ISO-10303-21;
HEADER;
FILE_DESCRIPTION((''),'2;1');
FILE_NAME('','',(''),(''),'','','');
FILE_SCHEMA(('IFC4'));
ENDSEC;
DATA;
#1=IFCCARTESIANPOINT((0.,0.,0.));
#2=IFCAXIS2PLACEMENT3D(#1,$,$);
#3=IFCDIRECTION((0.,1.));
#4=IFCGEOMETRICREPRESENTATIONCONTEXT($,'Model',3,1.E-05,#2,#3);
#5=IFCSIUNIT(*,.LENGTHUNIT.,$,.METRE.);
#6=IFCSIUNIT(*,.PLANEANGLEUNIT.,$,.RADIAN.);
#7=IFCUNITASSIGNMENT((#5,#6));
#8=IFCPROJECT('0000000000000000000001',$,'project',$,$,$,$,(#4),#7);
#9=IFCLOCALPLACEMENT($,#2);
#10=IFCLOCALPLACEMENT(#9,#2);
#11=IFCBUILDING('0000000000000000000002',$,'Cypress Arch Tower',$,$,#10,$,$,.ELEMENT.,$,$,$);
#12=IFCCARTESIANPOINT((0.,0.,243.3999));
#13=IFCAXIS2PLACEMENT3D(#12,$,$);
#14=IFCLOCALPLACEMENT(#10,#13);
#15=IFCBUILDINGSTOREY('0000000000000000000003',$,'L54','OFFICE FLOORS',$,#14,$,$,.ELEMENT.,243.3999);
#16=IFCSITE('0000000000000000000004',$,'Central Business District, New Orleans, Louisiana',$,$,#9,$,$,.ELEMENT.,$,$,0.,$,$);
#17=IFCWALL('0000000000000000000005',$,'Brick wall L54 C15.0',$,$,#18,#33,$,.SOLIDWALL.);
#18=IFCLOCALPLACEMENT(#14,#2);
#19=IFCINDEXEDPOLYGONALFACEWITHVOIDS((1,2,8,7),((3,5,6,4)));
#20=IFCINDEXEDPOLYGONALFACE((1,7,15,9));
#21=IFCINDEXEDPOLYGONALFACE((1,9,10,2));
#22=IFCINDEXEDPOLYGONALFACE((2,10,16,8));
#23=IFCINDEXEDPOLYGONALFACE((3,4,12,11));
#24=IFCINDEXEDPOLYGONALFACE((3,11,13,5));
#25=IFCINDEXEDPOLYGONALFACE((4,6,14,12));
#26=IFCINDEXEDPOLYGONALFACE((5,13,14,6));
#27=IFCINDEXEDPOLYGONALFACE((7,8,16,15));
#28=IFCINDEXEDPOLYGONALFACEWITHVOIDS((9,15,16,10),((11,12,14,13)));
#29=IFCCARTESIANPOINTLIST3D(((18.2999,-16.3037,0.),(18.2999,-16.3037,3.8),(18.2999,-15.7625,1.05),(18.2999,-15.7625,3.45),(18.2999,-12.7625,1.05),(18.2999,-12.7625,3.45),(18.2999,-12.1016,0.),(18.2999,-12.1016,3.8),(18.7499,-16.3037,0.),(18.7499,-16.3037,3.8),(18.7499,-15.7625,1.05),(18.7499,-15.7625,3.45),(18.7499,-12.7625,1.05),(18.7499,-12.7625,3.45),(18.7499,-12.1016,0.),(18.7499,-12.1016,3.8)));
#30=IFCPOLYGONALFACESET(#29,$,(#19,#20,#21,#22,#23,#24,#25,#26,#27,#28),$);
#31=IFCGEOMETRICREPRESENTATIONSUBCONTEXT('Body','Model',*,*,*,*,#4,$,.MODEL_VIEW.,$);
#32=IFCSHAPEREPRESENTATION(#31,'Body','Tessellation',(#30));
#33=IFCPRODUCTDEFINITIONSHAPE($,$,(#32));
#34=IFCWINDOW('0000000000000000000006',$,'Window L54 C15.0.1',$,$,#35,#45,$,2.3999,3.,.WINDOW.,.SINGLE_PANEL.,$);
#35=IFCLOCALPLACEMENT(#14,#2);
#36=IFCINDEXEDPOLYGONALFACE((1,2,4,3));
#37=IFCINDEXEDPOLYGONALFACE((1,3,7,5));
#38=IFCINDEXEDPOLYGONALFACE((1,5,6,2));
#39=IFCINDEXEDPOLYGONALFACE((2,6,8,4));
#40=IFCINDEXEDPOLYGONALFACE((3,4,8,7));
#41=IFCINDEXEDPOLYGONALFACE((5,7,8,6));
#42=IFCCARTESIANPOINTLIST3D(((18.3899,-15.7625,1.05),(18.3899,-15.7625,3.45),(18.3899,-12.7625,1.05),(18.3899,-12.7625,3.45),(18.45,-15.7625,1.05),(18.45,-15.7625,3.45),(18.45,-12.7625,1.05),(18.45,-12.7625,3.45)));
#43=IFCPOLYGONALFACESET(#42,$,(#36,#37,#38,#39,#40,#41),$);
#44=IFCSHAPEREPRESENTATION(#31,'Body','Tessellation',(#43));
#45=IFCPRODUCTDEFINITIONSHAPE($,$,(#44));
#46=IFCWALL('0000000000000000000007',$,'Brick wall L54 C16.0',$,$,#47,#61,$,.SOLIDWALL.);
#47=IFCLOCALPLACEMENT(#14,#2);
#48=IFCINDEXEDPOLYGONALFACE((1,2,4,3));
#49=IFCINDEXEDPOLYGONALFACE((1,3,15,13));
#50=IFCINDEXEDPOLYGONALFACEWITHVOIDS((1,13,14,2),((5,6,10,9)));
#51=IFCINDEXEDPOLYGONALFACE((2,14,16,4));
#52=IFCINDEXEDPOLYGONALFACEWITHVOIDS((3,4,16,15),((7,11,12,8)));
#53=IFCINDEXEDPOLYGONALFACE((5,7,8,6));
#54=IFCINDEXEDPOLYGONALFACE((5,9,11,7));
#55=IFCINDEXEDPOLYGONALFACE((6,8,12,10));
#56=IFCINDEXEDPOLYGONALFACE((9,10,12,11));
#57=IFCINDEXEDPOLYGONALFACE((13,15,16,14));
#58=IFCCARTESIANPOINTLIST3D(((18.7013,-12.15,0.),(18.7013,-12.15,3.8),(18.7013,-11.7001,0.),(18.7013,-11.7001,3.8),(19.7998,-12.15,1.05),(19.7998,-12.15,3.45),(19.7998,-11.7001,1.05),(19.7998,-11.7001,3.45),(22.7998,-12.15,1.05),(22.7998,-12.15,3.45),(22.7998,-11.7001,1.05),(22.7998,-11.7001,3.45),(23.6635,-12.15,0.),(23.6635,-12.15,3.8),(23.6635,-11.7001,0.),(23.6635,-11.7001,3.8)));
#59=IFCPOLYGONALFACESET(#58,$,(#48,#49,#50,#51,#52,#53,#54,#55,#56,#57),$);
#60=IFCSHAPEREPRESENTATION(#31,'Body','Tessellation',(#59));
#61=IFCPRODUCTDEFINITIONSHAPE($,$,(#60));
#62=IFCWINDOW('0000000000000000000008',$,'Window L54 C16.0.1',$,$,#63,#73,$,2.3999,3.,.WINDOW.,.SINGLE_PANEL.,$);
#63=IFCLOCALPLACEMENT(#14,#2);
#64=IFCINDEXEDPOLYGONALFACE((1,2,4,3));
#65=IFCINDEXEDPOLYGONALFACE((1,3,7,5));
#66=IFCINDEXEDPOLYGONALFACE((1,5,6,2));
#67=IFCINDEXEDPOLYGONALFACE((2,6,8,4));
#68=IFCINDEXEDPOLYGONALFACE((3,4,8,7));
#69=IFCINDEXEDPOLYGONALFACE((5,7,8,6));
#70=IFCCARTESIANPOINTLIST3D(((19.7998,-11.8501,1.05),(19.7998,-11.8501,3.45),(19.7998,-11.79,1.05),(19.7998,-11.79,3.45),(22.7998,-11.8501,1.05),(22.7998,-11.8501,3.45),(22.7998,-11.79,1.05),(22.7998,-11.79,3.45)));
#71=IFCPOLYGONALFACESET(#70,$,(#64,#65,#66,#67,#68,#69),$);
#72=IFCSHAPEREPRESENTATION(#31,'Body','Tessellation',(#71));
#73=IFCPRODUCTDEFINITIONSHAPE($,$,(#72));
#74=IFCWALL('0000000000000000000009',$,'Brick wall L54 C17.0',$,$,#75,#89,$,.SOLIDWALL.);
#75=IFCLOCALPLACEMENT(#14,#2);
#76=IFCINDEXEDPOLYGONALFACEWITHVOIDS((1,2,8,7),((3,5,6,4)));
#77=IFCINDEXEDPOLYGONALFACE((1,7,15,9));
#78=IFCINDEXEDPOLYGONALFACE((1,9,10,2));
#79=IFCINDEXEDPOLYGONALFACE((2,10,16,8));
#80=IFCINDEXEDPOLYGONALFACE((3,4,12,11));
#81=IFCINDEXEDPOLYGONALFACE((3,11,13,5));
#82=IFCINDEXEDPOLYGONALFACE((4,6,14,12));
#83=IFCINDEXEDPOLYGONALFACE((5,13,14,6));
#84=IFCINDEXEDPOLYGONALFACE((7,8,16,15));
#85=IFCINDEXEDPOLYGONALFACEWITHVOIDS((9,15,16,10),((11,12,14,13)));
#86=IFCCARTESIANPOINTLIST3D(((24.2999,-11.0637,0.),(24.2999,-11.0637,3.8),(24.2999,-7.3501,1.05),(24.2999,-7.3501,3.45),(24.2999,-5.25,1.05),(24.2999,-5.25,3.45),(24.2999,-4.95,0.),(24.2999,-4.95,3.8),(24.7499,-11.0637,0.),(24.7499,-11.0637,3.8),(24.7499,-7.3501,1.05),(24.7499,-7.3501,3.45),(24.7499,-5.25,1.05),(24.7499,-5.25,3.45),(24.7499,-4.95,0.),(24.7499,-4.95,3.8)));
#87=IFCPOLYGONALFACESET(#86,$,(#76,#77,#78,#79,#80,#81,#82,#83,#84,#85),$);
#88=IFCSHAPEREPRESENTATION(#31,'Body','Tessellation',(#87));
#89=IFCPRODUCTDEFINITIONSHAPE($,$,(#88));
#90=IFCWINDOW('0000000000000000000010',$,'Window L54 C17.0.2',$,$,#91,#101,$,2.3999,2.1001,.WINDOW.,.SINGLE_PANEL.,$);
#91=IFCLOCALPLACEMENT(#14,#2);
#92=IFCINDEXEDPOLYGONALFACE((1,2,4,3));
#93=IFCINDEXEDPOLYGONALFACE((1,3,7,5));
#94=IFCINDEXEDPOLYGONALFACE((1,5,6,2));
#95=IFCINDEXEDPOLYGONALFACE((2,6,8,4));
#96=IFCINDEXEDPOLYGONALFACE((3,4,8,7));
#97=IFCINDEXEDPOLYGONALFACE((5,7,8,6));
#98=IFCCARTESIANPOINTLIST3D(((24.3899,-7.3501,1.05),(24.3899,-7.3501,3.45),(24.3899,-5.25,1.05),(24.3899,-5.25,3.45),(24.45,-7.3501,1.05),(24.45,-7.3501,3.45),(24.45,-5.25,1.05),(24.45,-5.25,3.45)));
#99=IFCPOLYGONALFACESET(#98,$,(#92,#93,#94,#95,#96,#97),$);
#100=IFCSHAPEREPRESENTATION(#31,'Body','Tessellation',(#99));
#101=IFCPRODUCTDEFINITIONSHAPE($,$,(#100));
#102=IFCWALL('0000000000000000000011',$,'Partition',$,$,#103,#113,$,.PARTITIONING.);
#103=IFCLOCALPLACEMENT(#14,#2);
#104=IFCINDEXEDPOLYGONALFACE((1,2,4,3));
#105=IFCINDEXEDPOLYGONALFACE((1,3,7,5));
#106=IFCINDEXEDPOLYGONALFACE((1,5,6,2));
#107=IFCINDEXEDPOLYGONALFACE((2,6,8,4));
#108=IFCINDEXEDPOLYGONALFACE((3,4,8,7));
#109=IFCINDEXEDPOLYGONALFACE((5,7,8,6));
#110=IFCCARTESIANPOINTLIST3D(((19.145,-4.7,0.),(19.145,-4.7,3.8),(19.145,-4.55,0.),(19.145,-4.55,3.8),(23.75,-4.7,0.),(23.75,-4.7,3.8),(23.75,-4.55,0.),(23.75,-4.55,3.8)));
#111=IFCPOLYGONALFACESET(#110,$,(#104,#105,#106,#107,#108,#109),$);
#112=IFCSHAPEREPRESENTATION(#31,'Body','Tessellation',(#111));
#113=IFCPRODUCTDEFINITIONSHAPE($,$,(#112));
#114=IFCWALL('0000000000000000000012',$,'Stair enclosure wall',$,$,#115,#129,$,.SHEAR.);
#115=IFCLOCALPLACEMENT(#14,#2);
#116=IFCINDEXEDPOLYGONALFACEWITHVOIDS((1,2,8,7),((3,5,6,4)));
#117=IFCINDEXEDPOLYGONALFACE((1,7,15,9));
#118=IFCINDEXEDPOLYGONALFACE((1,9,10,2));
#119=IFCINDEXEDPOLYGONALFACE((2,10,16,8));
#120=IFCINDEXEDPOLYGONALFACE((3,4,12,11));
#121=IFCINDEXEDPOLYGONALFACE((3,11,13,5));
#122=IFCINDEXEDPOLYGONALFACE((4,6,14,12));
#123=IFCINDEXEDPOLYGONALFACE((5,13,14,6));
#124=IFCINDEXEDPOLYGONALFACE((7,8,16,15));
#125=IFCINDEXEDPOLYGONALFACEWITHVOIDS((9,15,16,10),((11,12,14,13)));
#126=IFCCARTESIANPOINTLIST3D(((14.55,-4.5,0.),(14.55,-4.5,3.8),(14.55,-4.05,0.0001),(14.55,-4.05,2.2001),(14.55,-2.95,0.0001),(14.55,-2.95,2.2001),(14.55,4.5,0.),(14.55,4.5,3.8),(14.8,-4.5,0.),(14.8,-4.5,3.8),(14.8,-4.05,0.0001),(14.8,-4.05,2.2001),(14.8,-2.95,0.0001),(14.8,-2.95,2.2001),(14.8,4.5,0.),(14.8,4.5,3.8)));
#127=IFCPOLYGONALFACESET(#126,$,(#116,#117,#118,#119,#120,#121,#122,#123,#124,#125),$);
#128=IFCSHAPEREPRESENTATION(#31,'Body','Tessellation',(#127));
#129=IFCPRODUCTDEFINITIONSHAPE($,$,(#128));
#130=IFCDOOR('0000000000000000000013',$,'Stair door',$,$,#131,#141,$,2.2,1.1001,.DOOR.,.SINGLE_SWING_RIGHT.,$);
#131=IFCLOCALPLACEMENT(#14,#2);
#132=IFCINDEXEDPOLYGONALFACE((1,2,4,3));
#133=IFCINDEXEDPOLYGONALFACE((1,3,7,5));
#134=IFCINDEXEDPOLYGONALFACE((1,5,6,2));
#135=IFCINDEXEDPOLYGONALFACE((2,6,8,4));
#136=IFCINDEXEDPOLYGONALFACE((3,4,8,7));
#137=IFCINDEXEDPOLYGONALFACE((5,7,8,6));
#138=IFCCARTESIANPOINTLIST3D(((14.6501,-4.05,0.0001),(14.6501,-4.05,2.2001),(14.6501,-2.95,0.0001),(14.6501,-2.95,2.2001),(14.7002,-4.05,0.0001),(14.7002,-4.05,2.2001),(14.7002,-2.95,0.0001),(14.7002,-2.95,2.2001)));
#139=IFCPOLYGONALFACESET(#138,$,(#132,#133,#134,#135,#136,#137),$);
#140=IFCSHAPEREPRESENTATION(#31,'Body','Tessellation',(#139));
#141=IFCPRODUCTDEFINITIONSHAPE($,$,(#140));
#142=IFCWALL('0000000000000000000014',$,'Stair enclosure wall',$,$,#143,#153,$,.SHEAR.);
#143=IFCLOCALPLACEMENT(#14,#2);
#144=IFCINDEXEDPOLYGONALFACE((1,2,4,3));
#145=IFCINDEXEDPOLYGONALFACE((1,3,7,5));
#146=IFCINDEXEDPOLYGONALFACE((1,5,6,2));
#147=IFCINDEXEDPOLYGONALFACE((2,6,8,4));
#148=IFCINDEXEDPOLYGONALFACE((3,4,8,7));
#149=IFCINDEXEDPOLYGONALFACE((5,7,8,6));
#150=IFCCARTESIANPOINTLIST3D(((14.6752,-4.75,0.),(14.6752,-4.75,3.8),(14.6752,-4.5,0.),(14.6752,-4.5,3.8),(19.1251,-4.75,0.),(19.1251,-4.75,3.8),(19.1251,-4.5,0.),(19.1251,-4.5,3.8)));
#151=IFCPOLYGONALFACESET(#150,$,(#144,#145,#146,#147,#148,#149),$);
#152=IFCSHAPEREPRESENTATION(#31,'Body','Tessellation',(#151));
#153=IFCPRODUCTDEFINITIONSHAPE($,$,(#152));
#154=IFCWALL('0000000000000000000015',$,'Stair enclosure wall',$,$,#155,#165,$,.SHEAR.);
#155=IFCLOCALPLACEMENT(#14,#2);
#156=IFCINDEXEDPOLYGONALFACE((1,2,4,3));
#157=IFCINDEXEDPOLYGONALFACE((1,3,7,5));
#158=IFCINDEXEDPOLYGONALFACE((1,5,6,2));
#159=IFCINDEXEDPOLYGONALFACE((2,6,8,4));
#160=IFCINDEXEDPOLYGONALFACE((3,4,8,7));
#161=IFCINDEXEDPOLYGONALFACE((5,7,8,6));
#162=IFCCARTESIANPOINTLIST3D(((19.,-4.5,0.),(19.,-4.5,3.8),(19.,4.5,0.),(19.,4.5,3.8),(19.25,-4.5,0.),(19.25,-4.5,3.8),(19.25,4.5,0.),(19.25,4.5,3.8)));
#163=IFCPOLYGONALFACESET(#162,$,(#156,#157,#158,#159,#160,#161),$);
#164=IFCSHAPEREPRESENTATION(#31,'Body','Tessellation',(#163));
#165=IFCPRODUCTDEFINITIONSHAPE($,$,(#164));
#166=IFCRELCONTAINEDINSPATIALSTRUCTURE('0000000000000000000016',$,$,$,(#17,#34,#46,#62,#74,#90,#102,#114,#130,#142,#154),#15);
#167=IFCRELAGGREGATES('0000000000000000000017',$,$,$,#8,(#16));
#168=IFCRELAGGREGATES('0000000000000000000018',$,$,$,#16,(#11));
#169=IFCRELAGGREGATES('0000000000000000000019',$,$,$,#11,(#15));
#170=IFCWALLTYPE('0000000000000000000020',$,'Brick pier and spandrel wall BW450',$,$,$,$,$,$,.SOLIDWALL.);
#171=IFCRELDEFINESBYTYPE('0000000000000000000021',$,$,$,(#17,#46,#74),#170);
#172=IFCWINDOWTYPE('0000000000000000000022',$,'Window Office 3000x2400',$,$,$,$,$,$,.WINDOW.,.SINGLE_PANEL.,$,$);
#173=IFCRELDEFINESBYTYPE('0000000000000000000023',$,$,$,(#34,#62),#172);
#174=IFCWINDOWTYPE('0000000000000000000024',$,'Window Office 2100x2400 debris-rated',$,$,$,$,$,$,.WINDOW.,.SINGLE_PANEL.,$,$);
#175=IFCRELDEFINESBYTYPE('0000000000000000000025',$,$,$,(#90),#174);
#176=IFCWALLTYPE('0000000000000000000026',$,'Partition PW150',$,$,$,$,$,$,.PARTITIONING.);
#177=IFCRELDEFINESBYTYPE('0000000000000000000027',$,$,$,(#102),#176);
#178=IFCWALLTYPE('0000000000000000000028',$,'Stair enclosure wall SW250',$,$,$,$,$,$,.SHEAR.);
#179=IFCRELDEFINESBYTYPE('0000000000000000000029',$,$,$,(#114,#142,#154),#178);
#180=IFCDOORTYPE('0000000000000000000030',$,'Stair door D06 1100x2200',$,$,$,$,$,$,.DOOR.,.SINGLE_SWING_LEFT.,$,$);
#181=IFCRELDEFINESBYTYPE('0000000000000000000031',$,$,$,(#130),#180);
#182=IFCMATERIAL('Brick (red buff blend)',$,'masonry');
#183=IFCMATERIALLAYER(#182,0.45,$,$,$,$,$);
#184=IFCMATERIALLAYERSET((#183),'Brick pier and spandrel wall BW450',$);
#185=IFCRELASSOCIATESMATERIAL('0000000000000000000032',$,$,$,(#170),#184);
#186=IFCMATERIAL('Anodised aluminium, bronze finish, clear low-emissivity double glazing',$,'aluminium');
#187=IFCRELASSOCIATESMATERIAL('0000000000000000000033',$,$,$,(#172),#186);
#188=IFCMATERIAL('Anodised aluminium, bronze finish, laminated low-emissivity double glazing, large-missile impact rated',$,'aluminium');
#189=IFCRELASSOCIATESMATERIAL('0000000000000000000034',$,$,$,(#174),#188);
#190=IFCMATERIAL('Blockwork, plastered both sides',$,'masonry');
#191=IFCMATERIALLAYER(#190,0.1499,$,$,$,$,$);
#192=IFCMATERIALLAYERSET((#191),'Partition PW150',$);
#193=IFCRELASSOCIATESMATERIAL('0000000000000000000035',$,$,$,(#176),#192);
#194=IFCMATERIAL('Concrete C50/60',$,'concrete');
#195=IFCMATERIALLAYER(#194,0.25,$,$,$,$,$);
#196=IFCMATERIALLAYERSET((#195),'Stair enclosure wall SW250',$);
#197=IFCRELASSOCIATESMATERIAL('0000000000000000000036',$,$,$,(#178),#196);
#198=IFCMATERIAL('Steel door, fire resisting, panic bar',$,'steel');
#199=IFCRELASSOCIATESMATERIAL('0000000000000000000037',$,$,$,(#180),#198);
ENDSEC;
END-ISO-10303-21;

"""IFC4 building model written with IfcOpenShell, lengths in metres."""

from ifc_helpers import new_model, si_unit, direction, frame, frame_2d, origin, place, context, subcontext, project, spatial, rectangle, extrude, material, layer, layer_set, type_object, element, fill, save


model = new_model("IFC4")

# Units and contexts
model_context = context("Model", 3, precision=1e-05, world=origin(), true_north=direction((0.0, 1.0)))
body_context = subcontext(model_context, "Body", "Model", "MODEL_VIEW")
ifc_project = project(units=[si_unit("LENGTHUNIT", "METRE"), si_unit("PLANEANGLEUNIT", "RADIAN")], contexts=[model_context])

# Site, building, storey
site_placement = place(None, origin())
site = spatial("IfcSite", under=ifc_project, at=site_placement, Name="Central Business District, New Orleans, Louisiana", CompositionType="ELEMENT", RefElevation=0.0)
building_placement = place(site_placement, origin())
building = spatial("IfcBuilding", under=site, at=building_placement, Name="Cypress Arch Tower", CompositionType="ELEMENT")
storey_placement = place(building_placement, frame((0.0, 0.0, 243.3999)))
storey = spatial("IfcBuildingStorey", under=building, at=storey_placement, Name="L54", Description="OFFICE FLOORS", CompositionType="ELEMENT", Elevation=243.3999)

# Walls, openings, windows
ifc_material_1 = material(Name="Brick (red buff blend)", Category="masonry")
ifc_layer_1 = layer(ifc_material_1, 0.45)
ifc_layer_set_1 = layer_set([ifc_layer_1], Name="Brick pier and spandrel wall BW450")
wall_type_1 = type_object("IfcWallType", Name="Brick pier and spandrel wall BW450", PredefinedType="SOLIDWALL", material=ifc_layer_set_1)
wall_1_placement = place(storey_placement, frame((18.5249, -16.3037, 0.0), z_axis=(0.0, 0.0, 1.0), x_axis=(0.0, 1.0, 0.0)))
wall_1 = element("IfcWall", 1, at=wall_1_placement, inside=storey, type_object=wall_type_1, Name="Brick wall L54 C15.0", PredefinedType="SOLIDWALL", context=body_context, shape_type="SweptSolid", body=[
    extrude(rectangle(XDim=4.2021, YDim=0.45, at=frame_2d((2.1011, 0.0))), origin(), (0.0, 0.0, 1.0), 3.8),
])
opening_1_placement = place(wall_1_placement, frame((0.5413, 0.0, 1.05)))
opening_1 = element("IfcOpeningElement", 2, at=opening_1_placement, cuts=wall_1, PredefinedType="OPENING", context=body_context, shape_type="SweptSolid", body=[
    extrude(rectangle(XDim=3.0, YDim=2.3999, at=frame_2d((1.5, 1.2))), frame((0.0, 0.2349, 0.0), z_axis=(0.0, -1.0, 0.0), x_axis=(1.0, 0.0, 0.0)), (0.0, 0.0, 1.0), 0.47),
])
ifc_material_2 = material(Name="Anodised aluminium, bronze finish, clear low-emissivity double glazing", Category="aluminium")
window_type_1 = type_object("IfcWindowType", Name="Window Office 3000x2400", PartitioningType="SINGLE_PANEL", PredefinedType="WINDOW", material=ifc_material_2)
window_1_placement = place(opening_1_placement, origin())
window_1 = element("IfcWindow", 3, at=window_1_placement, inside=storey, type_object=window_type_1, Name="Window L54 C15.0.1", OverallHeight=2.3999, OverallWidth=3.0, PartitioningType="SINGLE_PANEL", PredefinedType="WINDOW", context=body_context, shape_type="SweptSolid", body=[
    extrude(rectangle(XDim=3.0, YDim=2.3999, at=frame_2d((1.5, 1.2))), frame((0.0, 0.135, 0.0), z_axis=(0.0, -1.0, 0.0), x_axis=(1.0, 0.0, 0.0)), (0.0, 0.0, 1.0), 0.0601),
])
fill(opening_1, window_1)
wall_2_placement = place(storey_placement, frame((18.7014, -11.925, 0.0), z_axis=(0.0, 0.0, 1.0), x_axis=(1.0, 0.0, 0.0)))
wall_2 = element("IfcWall", 4, at=wall_2_placement, inside=storey, type_object=wall_type_1, Name="Brick wall L54 C16.0", PredefinedType="SOLIDWALL", context=body_context, shape_type="SweptSolid", body=[
    extrude(rectangle(XDim=4.9622, YDim=0.45, at=frame_2d((2.481, 0.0))), origin(), (0.0, 0.0, 1.0), 3.8),
])
opening_2_placement = place(wall_2_placement, frame((1.0984, 0.0, 1.05)))
opening_2 = element("IfcOpeningElement", 5, at=opening_2_placement, cuts=wall_2, PredefinedType="OPENING", context=body_context, shape_type="SweptSolid", body=[
    extrude(rectangle(XDim=3.0, YDim=2.3999, at=frame_2d((1.5, 1.2))), frame((0.0, 0.2349, 0.0), z_axis=(0.0, -1.0, 0.0), x_axis=(1.0, 0.0, 0.0)), (0.0, 0.0, 1.0), 0.47),
])
window_2_placement = place(opening_2_placement, origin())
window_2 = element("IfcWindow", 6, at=window_2_placement, inside=storey, type_object=window_type_1, Name="Window L54 C16.0.1", OverallHeight=2.3999, OverallWidth=3.0, PartitioningType="SINGLE_PANEL", PredefinedType="WINDOW", context=body_context, shape_type="SweptSolid", body=[
    extrude(rectangle(XDim=3.0, YDim=2.3999, at=frame_2d((1.5, 1.2))), frame((0.0, 0.135, 0.0), z_axis=(0.0, -1.0, 0.0), x_axis=(1.0, 0.0, 0.0)), (0.0, 0.0, 1.0), 0.0601),
])
fill(opening_2, window_2)
wall_3_placement = place(storey_placement, frame((24.5249, -11.0637, 0.0), z_axis=(0.0, 0.0, 1.0), x_axis=(0.0, 1.0, 0.0)))
wall_3 = element("IfcWall", 7, at=wall_3_placement, inside=storey, type_object=wall_type_1, Name="Brick wall L54 C17.0", PredefinedType="SOLIDWALL", context=body_context, shape_type="SweptSolid", body=[
    extrude(rectangle(XDim=6.1138, YDim=0.45, at=frame_2d((3.0569, 0.0))), origin(), (0.0, 0.0, 1.0), 3.8),
])
opening_3_placement = place(wall_3_placement, frame((3.7136, 0.0, 1.05)))
opening_3 = element("IfcOpeningElement", 8, at=opening_3_placement, cuts=wall_3, PredefinedType="OPENING", context=body_context, shape_type="SweptSolid", body=[
    extrude(rectangle(XDim=2.1001, YDim=2.3999, at=frame_2d((1.05, 1.2))), frame((0.0, 0.2349, 0.0), z_axis=(0.0, -1.0, 0.0), x_axis=(1.0, 0.0, 0.0)), (0.0, 0.0, 1.0), 0.47),
])
ifc_material_3 = material(Name="Anodised aluminium, bronze finish, laminated low-emissivity double glazing, large-missile impact rated", Category="aluminium")
window_type_2 = type_object("IfcWindowType", Name="Window Office 2100x2400 debris-rated", PartitioningType="SINGLE_PANEL", PredefinedType="WINDOW", material=ifc_material_3)
window_3_placement = place(opening_3_placement, origin())
window_3 = element("IfcWindow", 9, at=window_3_placement, inside=storey, type_object=window_type_2, Name="Window L54 C17.0.2", OverallHeight=2.3999, OverallWidth=2.1001, PartitioningType="SINGLE_PANEL", PredefinedType="WINDOW", context=body_context, shape_type="SweptSolid", body=[
    extrude(rectangle(XDim=2.1001, YDim=2.3999, at=frame_2d((1.05, 1.2))), frame((0.0, 0.135, 0.0), z_axis=(0.0, -1.0, 0.0), x_axis=(1.0, 0.0, 0.0)), (0.0, 0.0, 1.0), 0.0601),
])
fill(opening_3, window_3)

# Wall
ifc_material_4 = material(Name="Blockwork, plastered both sides", Category="masonry")
ifc_layer_2 = layer(ifc_material_4, 0.1499)
ifc_layer_set_2 = layer_set([ifc_layer_2], Name="Partition PW150")
wall_type_2 = type_object("IfcWallType", Name="Partition PW150", PredefinedType="PARTITIONING", material=ifc_layer_set_2)
wall_4_placement = place(storey_placement, frame((19.145, -4.625, 0.0), z_axis=(0.0, 0.0, 1.0), x_axis=(1.0, 0.0, 0.0)))
element("IfcWall", 10, at=wall_4_placement, inside=storey, type_object=wall_type_2, Name="Partition", PredefinedType="PARTITIONING", context=body_context, shape_type="SweptSolid", body=[
    extrude(rectangle(XDim=4.605, YDim=0.1499, at=frame_2d((2.3025, 0.0))), origin(), (0.0, 0.0, 1.0), 3.8),
])

# Wall, opening, door
ifc_material_5 = material(Name="Concrete C50/60", Category="concrete")
ifc_layer_3 = layer(ifc_material_5, 0.25)
ifc_layer_set_3 = layer_set([ifc_layer_3], Name="Stair enclosure wall SW250")
wall_type_3 = type_object("IfcWallType", Name="Stair enclosure wall SW250", PredefinedType="SHEAR", material=ifc_layer_set_3)
wall_5_placement = place(storey_placement, frame((14.675, -4.5, 0.0), z_axis=(0.0, 0.0, 1.0), x_axis=(0.0, 1.0, 0.0)))
wall_5 = element("IfcWall", 11, at=wall_5_placement, inside=storey, type_object=wall_type_3, Name="Stair enclosure wall", PredefinedType="SHEAR", context=body_context, shape_type="SweptSolid", body=[
    extrude(rectangle(XDim=9.0, YDim=0.25, at=frame_2d((4.5, 0.0))), origin(), (0.0, 0.0, 1.0), 3.8),
])
opening_4_placement = place(wall_5_placement, frame((0.45, 0.0, 0.0)))
opening_4 = element("IfcOpeningElement", 12, at=opening_4_placement, cuts=wall_5, PredefinedType="OPENING", context=body_context, shape_type="SweptSolid", body=[
    extrude(rectangle(XDim=1.1001, YDim=2.2, at=frame_2d((0.55, 1.1001))), frame((0.0, 0.135, 0.0), z_axis=(0.0, -1.0, 0.0), x_axis=(1.0, 0.0, 0.0)), (0.0, 0.0, 1.0), 0.27),
])
ifc_material_6 = material(Name="Steel door, fire resisting, panic bar", Category="steel")
door_type = type_object("IfcDoorType", Name="Stair door D06 1100x2200", OperationType="SINGLE_SWING_LEFT", PredefinedType="DOOR", material=ifc_material_6)
door_placement = place(opening_4_placement, origin())
door = element("IfcDoor", 13, at=door_placement, inside=storey, type_object=door_type, Name="Stair door", OperationType="SINGLE_SWING_RIGHT", OverallHeight=2.2, OverallWidth=1.1001, PredefinedType="DOOR", context=body_context, shape_type="SweptSolid", body=[
    extrude(rectangle(XDim=1.1001, YDim=2.2, at=frame_2d((0.55, 1.1001))), frame((0.0, 0.0249, 0.0), z_axis=(0.0, -1.0, 0.0), x_axis=(1.0, 0.0, 0.0)), (0.0, 0.0, 1.0), 0.05),
])
fill(opening_4, door)

# Walls
wall_6_placement = place(storey_placement, frame((14.675, -4.625, 0.0), z_axis=(0.0, 0.0, 1.0), x_axis=(1.0, 0.0, 0.0)))
element("IfcWall", 14, at=wall_6_placement, inside=storey, type_object=wall_type_3, Name="Stair enclosure wall", PredefinedType="SHEAR", context=body_context, shape_type="SweptSolid", body=[
    extrude(rectangle(XDim=4.45, YDim=0.25, at=frame_2d((2.2251, 0.0))), origin(), (0.0, 0.0, 1.0), 3.8),
])
wall_7_placement = place(storey_placement, frame((19.125, -4.5, 0.0), z_axis=(0.0, 0.0, 1.0), x_axis=(0.0, 1.0, 0.0)))
element("IfcWall", 15, at=wall_7_placement, inside=storey, type_object=wall_type_3, Name="Stair enclosure wall", PredefinedType="SHEAR", context=body_context, shape_type="SweptSolid", body=[
    extrude(rectangle(XDim=9.0, YDim=0.25, at=frame_2d((4.5, 0.0))), origin(), (0.0, 0.0, 1.0), 3.8),
])

save(model, "model.ifc")
